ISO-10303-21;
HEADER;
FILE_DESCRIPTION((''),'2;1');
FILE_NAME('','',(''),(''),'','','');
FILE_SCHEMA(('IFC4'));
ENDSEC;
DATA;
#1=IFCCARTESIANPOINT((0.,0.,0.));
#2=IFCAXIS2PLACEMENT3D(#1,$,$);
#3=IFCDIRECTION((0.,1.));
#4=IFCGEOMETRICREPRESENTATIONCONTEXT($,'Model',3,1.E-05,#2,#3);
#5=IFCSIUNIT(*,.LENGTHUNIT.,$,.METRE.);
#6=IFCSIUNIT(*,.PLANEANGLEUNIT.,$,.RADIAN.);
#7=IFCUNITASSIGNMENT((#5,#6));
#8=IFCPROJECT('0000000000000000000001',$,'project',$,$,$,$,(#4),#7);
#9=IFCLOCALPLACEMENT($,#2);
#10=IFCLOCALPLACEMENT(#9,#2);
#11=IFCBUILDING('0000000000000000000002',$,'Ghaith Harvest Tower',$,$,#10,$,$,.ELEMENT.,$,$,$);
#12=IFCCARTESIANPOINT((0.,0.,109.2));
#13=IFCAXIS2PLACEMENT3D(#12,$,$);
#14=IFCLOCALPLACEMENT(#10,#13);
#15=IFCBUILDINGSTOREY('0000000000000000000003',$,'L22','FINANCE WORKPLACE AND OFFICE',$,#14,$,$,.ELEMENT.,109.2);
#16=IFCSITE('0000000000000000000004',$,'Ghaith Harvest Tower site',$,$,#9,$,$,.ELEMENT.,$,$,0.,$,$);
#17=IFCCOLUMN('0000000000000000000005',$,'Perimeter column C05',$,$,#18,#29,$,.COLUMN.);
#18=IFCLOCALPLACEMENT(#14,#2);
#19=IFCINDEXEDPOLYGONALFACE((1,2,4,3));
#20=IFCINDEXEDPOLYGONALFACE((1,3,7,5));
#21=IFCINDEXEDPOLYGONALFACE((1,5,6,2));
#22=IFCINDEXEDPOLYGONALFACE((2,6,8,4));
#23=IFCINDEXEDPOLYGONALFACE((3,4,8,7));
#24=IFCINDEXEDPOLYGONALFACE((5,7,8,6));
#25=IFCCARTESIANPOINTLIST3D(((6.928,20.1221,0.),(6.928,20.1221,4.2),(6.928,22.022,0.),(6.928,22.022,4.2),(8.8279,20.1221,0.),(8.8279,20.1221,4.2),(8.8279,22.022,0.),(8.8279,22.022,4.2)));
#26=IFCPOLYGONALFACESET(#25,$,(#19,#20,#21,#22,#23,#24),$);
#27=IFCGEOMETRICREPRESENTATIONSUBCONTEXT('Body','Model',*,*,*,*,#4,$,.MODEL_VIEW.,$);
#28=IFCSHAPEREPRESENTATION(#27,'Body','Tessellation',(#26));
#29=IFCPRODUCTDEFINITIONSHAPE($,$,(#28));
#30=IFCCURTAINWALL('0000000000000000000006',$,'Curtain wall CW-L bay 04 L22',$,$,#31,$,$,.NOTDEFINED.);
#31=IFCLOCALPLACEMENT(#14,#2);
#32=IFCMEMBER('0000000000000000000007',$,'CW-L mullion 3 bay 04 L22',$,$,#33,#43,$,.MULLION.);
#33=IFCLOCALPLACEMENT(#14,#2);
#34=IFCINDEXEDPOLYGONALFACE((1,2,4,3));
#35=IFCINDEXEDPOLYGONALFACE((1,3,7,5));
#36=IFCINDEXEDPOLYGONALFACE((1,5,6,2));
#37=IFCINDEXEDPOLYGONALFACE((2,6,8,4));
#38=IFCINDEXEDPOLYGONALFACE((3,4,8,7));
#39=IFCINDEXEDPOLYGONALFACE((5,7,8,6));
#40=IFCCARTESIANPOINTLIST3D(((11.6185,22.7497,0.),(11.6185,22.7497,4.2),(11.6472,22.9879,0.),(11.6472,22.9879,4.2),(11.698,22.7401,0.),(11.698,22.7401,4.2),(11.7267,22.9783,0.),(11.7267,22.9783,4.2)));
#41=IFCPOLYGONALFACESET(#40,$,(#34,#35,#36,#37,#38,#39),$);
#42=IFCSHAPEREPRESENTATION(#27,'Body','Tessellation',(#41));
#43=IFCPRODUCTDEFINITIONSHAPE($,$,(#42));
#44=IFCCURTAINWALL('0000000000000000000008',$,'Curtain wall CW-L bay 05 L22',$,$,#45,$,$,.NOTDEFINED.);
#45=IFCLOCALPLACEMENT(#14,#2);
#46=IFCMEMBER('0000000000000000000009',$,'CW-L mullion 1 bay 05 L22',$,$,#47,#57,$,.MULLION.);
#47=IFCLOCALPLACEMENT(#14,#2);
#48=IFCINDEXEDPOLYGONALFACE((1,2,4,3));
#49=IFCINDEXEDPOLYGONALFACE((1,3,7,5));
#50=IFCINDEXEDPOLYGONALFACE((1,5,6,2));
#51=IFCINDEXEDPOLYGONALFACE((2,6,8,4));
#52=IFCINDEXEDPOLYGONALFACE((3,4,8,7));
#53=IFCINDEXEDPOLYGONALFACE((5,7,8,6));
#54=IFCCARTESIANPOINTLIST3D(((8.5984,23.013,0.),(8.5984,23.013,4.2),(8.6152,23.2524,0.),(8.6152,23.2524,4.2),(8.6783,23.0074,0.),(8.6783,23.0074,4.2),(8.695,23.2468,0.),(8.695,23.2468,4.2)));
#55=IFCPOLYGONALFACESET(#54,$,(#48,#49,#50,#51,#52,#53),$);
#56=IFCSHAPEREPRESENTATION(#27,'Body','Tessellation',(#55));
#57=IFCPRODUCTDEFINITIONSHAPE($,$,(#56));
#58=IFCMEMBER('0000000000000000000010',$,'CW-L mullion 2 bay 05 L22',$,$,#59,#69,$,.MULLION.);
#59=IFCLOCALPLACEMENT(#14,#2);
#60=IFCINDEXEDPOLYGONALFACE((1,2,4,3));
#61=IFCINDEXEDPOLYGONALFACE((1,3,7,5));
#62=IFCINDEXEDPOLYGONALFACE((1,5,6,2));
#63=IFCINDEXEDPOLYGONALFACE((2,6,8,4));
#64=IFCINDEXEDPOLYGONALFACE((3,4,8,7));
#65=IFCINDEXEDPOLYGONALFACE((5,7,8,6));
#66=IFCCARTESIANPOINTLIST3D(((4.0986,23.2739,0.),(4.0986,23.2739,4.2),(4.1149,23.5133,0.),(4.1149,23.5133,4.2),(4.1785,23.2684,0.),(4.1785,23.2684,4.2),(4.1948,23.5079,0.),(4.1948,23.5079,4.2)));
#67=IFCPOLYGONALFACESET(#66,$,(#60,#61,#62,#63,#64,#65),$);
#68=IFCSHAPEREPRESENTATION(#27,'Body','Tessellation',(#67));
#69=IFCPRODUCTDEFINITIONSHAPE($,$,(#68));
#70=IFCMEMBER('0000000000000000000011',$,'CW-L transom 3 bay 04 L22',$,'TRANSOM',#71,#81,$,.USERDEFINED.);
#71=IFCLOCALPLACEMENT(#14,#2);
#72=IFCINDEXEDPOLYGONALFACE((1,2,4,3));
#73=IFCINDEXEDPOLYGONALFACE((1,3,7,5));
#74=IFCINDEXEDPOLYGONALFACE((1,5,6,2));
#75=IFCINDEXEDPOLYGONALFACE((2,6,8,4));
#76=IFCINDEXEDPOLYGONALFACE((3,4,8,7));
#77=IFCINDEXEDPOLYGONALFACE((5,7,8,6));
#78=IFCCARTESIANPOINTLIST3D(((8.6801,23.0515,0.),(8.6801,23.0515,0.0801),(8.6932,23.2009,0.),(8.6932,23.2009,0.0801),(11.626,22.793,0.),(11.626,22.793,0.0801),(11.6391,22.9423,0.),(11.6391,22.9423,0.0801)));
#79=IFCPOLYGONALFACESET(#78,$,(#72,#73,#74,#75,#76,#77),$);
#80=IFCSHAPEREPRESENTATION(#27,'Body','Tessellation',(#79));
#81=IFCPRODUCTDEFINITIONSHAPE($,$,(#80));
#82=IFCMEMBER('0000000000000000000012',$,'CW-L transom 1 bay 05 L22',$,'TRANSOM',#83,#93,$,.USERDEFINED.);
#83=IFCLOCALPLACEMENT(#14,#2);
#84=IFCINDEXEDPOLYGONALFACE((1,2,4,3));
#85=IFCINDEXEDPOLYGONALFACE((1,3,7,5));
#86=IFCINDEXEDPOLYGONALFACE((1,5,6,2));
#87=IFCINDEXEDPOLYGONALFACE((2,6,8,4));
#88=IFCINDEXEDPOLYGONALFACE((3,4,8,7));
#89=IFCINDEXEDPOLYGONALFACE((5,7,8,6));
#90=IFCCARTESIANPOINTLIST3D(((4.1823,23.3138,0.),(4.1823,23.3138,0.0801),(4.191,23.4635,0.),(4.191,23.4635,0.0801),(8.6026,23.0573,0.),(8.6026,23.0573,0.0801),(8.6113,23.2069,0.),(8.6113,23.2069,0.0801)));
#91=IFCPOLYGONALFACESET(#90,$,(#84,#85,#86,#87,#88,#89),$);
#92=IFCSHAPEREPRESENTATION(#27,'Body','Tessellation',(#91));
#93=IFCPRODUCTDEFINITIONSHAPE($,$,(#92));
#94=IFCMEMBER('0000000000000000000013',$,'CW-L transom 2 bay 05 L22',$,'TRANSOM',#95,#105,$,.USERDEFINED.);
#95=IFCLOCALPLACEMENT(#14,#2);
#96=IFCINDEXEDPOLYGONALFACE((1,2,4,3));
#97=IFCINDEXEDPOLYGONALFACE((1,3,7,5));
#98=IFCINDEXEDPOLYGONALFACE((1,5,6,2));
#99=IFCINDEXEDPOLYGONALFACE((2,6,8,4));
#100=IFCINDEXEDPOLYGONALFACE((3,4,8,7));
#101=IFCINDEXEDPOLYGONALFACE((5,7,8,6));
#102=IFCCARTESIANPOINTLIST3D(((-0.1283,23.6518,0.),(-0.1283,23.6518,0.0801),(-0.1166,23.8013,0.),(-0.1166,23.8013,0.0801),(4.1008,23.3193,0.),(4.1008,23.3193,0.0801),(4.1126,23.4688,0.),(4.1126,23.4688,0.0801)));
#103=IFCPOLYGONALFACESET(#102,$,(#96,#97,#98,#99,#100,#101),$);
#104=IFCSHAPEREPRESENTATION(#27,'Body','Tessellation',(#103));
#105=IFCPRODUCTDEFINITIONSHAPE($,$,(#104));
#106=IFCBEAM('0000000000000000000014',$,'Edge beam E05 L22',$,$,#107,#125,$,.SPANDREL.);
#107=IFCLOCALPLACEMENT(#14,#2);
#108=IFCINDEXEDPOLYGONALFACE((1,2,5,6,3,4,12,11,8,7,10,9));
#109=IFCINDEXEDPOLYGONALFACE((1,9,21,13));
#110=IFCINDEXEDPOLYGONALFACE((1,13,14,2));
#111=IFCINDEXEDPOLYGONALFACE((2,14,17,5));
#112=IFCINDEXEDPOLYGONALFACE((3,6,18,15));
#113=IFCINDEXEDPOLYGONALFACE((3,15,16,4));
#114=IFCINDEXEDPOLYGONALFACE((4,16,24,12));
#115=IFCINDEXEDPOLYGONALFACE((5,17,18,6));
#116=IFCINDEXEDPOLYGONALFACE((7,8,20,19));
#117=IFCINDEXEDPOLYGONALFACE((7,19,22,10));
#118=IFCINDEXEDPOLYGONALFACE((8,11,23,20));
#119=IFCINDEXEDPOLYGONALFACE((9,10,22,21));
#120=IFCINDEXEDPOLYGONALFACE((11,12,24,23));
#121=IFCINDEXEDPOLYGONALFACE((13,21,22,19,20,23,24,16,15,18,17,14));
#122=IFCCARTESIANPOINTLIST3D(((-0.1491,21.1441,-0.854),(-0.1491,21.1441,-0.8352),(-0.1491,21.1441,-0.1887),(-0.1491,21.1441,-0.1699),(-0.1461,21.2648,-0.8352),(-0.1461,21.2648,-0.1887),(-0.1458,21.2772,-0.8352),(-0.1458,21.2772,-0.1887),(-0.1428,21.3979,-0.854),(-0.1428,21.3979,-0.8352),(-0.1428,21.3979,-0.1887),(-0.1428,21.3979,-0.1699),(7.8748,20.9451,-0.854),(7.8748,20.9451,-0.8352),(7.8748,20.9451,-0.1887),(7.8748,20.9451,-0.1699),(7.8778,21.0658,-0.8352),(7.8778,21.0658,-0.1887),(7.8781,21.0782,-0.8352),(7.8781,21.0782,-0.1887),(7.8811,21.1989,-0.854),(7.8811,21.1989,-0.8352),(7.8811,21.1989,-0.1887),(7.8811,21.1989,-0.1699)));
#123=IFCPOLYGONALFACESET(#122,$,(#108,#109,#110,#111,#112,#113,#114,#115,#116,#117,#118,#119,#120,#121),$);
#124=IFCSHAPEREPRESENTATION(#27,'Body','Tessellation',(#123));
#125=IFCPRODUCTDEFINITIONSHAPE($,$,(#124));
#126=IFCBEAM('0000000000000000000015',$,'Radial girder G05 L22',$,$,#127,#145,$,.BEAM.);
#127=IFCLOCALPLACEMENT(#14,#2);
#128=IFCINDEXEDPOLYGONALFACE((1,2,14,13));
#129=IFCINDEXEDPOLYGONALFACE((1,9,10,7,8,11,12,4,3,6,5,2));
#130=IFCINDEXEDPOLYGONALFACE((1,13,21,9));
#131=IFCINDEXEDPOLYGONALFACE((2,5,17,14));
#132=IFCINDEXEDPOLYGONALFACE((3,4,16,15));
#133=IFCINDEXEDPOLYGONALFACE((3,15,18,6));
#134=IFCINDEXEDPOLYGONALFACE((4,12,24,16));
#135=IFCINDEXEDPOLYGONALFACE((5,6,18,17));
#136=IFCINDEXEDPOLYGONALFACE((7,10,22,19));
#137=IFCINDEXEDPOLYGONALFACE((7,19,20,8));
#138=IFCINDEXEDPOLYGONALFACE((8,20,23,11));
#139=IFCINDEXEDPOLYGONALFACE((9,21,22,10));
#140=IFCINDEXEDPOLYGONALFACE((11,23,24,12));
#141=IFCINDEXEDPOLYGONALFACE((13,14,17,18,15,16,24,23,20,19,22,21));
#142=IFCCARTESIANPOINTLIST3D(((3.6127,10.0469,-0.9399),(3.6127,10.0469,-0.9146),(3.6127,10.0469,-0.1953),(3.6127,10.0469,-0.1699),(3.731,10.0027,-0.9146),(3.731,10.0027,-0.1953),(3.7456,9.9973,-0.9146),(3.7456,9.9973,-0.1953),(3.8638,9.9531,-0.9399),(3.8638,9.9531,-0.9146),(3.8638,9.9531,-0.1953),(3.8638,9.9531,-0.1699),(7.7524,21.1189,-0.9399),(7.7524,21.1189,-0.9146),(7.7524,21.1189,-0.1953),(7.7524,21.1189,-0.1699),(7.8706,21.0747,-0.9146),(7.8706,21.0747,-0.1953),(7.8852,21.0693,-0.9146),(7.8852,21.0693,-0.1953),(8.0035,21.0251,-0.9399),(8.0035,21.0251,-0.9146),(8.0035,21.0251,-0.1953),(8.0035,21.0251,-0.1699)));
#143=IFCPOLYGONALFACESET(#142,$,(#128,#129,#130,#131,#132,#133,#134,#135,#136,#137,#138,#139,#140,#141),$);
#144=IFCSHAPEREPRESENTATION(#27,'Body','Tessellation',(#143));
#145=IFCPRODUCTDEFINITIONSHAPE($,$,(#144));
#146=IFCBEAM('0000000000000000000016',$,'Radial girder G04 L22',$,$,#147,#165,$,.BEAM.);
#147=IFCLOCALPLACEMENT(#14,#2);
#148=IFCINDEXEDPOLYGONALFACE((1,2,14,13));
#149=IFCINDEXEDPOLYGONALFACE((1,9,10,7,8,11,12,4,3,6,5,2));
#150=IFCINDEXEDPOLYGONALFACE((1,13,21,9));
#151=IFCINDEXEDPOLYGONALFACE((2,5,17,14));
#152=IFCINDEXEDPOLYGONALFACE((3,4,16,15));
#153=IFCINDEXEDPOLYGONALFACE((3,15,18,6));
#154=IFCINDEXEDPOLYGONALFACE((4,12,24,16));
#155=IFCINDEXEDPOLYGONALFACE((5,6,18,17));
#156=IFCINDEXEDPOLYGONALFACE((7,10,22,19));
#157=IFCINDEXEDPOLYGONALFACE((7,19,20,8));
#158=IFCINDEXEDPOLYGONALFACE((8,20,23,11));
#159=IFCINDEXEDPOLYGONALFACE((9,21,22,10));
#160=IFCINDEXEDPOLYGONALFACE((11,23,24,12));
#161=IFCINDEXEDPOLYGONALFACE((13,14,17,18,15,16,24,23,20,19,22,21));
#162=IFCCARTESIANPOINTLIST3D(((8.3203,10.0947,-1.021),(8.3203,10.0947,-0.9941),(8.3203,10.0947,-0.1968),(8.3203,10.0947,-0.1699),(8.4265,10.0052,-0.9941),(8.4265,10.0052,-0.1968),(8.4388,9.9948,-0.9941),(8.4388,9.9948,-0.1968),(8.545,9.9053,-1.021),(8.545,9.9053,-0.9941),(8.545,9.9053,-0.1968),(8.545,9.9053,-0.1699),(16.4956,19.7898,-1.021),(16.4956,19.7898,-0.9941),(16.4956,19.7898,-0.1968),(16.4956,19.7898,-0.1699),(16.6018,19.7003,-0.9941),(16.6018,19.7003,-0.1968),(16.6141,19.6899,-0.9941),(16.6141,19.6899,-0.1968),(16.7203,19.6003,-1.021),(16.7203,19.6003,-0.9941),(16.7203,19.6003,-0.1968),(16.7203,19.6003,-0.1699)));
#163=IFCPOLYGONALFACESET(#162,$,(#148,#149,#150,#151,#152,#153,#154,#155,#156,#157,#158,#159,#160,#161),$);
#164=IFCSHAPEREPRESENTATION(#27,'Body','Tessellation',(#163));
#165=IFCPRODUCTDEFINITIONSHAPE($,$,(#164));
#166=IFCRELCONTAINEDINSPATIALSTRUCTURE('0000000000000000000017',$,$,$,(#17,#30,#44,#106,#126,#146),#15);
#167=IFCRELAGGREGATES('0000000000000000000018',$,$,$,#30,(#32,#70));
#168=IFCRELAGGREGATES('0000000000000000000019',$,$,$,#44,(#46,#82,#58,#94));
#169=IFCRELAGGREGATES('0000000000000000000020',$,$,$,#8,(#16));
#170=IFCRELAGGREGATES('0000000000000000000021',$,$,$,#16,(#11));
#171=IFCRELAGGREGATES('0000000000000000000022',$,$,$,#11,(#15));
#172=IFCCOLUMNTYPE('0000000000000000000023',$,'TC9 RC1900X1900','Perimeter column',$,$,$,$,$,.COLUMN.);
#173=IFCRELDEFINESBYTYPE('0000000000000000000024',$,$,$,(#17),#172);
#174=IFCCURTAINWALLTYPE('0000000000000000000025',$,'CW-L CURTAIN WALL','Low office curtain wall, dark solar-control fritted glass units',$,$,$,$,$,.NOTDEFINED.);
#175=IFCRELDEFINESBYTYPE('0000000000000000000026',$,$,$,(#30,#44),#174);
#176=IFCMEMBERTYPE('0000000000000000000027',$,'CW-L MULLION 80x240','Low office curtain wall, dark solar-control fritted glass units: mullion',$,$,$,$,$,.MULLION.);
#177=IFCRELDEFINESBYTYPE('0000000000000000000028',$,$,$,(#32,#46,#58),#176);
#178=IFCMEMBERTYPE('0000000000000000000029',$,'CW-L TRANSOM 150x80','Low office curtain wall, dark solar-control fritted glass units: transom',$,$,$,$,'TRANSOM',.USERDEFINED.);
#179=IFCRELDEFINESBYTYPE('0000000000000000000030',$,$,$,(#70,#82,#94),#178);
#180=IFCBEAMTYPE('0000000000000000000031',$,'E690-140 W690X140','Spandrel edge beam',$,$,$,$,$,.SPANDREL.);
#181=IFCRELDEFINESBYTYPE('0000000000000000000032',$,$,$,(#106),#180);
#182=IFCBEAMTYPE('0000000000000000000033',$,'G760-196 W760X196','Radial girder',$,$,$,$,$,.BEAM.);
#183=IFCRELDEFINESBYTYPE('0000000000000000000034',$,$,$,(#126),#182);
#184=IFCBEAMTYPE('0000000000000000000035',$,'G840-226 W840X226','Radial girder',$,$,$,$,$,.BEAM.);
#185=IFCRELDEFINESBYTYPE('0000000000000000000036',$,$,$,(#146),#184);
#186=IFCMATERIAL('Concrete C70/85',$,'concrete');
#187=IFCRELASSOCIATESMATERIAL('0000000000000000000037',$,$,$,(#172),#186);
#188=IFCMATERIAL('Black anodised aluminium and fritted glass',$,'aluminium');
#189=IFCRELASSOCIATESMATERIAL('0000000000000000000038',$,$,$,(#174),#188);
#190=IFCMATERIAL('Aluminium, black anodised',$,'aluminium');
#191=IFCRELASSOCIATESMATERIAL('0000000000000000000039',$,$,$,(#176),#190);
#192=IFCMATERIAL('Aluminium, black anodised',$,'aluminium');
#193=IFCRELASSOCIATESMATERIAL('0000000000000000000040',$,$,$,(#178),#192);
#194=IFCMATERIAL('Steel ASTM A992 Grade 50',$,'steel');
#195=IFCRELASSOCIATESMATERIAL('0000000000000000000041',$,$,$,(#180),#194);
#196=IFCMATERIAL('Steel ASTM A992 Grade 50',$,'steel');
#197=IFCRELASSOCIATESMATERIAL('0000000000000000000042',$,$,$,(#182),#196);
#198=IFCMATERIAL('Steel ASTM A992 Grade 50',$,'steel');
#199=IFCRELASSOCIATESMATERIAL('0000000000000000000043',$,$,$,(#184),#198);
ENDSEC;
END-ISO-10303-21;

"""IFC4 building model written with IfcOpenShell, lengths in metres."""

from ifc_helpers import new_model, si_unit, direction, frame, origin, origin_2d, place, context, subcontext, project, spatial, rectangle, i_section, extrude, material, material_profile, profile_set, type_object, element, aggregate, save


model = new_model("IFC4")

# Units and contexts
model_context = context("Model", 3, precision=1e-05, world=origin(), true_north=direction((0.0, 1.0)))
body_context = subcontext(model_context, "Body", "Model", "MODEL_VIEW")
ifc_project = project(units=[si_unit("LENGTHUNIT", "METRE"), si_unit("PLANEANGLEUNIT", "RADIAN")], contexts=[model_context])

# Site, building, storey
site_placement = place(None, origin())
site = spatial("IfcSite", under=ifc_project, at=site_placement, Name="Ghaith Harvest Tower site", CompositionType="ELEMENT", RefElevation=0.0)
building_placement = place(site_placement, origin())
building = spatial("IfcBuilding", under=site, at=building_placement, Name="Ghaith Harvest Tower", CompositionType="ELEMENT")
storey_placement = place(building_placement, frame((0.0, 0.0, 109.2)))
storey = spatial("IfcBuildingStorey", under=building, at=storey_placement, Name="L22", Description="FINANCE WORKPLACE AND OFFICE", CompositionType="ELEMENT", Elevation=109.2)

# Column
ifc_material_1 = material(Name="Concrete C70/85", Category="concrete")
ifc_material_profile_1 = material_profile(ifc_material_1, rectangle(XDim=1.8999, YDim=1.8999, at=origin_2d()), Name="RC1900X1900")
ifc_profile_set_1 = profile_set([ifc_material_profile_1], Name="Concrete C70/85")
column_type = type_object("IfcColumnType", Name="TC9 RC1900X1900", Description="Perimeter column", PredefinedType="COLUMN", material=ifc_profile_set_1)
column_placement = place(storey_placement, frame((7.8779, 21.072, 0.0), z_axis=(0.0, 0.0, 1.0), x_axis=(1.0, 0.0, 0.0)))
element("IfcColumn", 1, at=column_placement, inside=storey, type_object=column_type, Name="Perimeter column C05", PredefinedType="COLUMN", context=body_context, shape_type="SweptSolid", body=[
    extrude(rectangle(XDim=1.8999, YDim=1.8999, at=origin_2d()), origin(), (0.0, 0.0, 1.0), 4.2),
])

# Curtain wall, member
ifc_material_2 = material(Name="Black anodised aluminium and fritted glass", Category="aluminium")
curtain_wall_type = type_object("IfcCurtainWallType", Name="CW-L CURTAIN WALL", Description="Low office curtain wall, dark solar-control fritted glass units", PredefinedType="NOTDEFINED", material=ifc_material_2)
curtain_wall_1_placement = place(storey_placement, origin())
curtain_wall_1 = element("IfcCurtainWall", 2, at=curtain_wall_1_placement, inside=storey, type_object=curtain_wall_type, Name="Curtain wall CW-L bay 04 L22", PredefinedType="NOTDEFINED")
ifc_material_3 = material(Name="Aluminium, black anodised", Category="aluminium")
ifc_material_profile_2 = material_profile(ifc_material_3, rectangle(XDim=0.0801, YDim=0.24, at=origin_2d()), Name="CW-L MULLION 80x240")
ifc_profile_set_2 = profile_set([ifc_material_profile_2], Name="Aluminium, black anodised")
member_type_1 = type_object("IfcMemberType", Name="CW-L MULLION 80x240", Description="Low office curtain wall, dark solar-control fritted glass units: mullion", PredefinedType="MULLION", material=ifc_profile_set_2)
member_1_placement = place(storey_placement, frame((11.6726, 22.864, 0.0), z_axis=(0.0, 0.0, 1.0), x_axis=(-0.9928, 0.11978, 0.0)))
member_1 = element("IfcMember", 3, at=member_1_placement, type_object=member_type_1, Name="CW-L mullion 3 bay 04 L22", PredefinedType="MULLION", context=body_context, shape_type="SweptSolid", body=[
    extrude(rectangle(XDim=0.0801, YDim=0.24, at=origin_2d()), origin(), (0.0, 0.0, 1.0), 4.2),
])

# Curtain wall, members
curtain_wall_2_placement = place(storey_placement, origin())
curtain_wall_2 = element("IfcCurtainWall", 4, at=curtain_wall_2_placement, inside=storey, type_object=curtain_wall_type, Name="Curtain wall CW-L bay 05 L22", PredefinedType="NOTDEFINED")
member_2_placement = place(storey_placement, frame((8.6467, 23.1299, 0.0), z_axis=(0.0, 0.0, 1.0), x_axis=(-0.997559, 0.069832, 0.0)))
member_2 = element("IfcMember", 5, at=member_2_placement, type_object=member_type_1, Name="CW-L mullion 1 bay 05 L22", PredefinedType="MULLION", context=body_context, shape_type="SweptSolid", body=[
    extrude(rectangle(XDim=0.0801, YDim=0.24, at=origin_2d()), origin(), (0.0, 0.0, 1.0), 4.2),
])
member_3_placement = place(storey_placement, frame((4.1467, 23.3909, 0.0), z_axis=(0.0, 0.0, 1.0), x_axis=(-0.99769, 0.067933, 0.0)))
member_3 = element("IfcMember", 6, at=member_3_placement, type_object=member_type_1, Name="CW-L mullion 2 bay 05 L22", PredefinedType="MULLION", context=body_context, shape_type="SweptSolid", body=[
    extrude(rectangle(XDim=0.0801, YDim=0.24, at=origin_2d()), origin(), (0.0, 0.0, 1.0), 4.2),
])

# Members
ifc_material_4 = material(Name="Aluminium, black anodised", Category="aluminium")
ifc_material_profile_3 = material_profile(ifc_material_4, rectangle(XDim=0.1499, YDim=0.0801, at=origin_2d()), Name="CW-L TRANSOM 150x80")
ifc_profile_set_3 = profile_set([ifc_material_profile_3], Name="Aluminium, black anodised")
member_type_2 = type_object("IfcMemberType", Name="CW-L TRANSOM 150x80", Description="Low office curtain wall, dark solar-control fritted glass units: transom", ElementType="TRANSOM", PredefinedType="USERDEFINED", material=ifc_profile_set_3)
member_4_placement = place(storey_placement, frame((11.6326, 22.8677, 0.04), z_axis=(-0.996171, 0.087424, 0.0), x_axis=(-0.087424, -0.996171, 0.0)))
member_4 = element("IfcMember", 7, at=member_4_placement, type_object=member_type_2, Name="CW-L transom 3 bay 04 L22", ObjectType="TRANSOM", PredefinedType="USERDEFINED", context=body_context, shape_type="SweptSolid", body=[
    extrude(rectangle(XDim=0.1499, YDim=0.0801, at=origin_2d()), origin(), (0.0, 0.0, 1.0), 2.9573),
])
member_5_placement = place(storey_placement, frame((8.6069, 23.1321, 0.04), z_axis=(-0.99832, 0.05795, 0.0), x_axis=(-0.05795, -0.99832, 0.0)))
member_5 = element("IfcMember", 8, at=member_5_placement, type_object=member_type_2, Name="CW-L transom 1 bay 05 L22", ObjectType="TRANSOM", PredefinedType="USERDEFINED", context=body_context, shape_type="SweptSolid", body=[
    extrude(rectangle(XDim=0.1499, YDim=0.0801, at=origin_2d()), origin(), (0.0, 0.0, 1.0), 4.4277),
])
member_6_placement = place(storey_placement, frame((4.1067, 23.394, 0.04), z_axis=(-0.996923, 0.078382, 0.0), x_axis=(-0.078382, -0.996923, 0.0)))
member_6 = element("IfcMember", 9, at=member_6_placement, type_object=member_type_2, Name="CW-L transom 2 bay 05 L22", ObjectType="TRANSOM", PredefinedType="USERDEFINED", context=body_context, shape_type="SweptSolid", body=[
    extrude(rectangle(XDim=0.1499, YDim=0.0801, at=origin_2d()), origin(), (0.0, 0.0, 1.0), 4.2422),
])

# Beams
ifc_material_5 = material(Name="Steel ASTM A992 Grade 50", Category="steel")
ifc_material_profile_4 = material_profile(ifc_material_5, i_section(OverallWidth=0.2539, OverallDepth=0.6841, WebThickness=0.0125, FlangeThickness=0.0188, at=origin_2d()), Name="W690X140")
ifc_profile_set_4 = profile_set([ifc_material_profile_4], Name="Steel ASTM A992 Grade 50")
beam_type_1 = type_object("IfcBeamType", Name="E690-140 W690X140", Description="Spandrel edge beam", PredefinedType="SPANDREL", material=ifc_profile_set_4)
beam_1_placement = place(storey_placement, frame((7.8779, 21.072, -0.512), z_axis=(-0.999693, 0.02479, 0.0), x_axis=(-0.02479, -0.999693, 0.0)))
element("IfcBeam", 10, at=beam_1_placement, inside=storey, type_object=beam_type_1, Name="Edge beam E05 L22", PredefinedType="SPANDREL", context=body_context, shape_type="SweptSolid", body=[
    extrude(i_section(OverallWidth=0.2539, OverallDepth=0.6841, WebThickness=0.0125, FlangeThickness=0.0188, at=origin_2d()), origin(), (0.0, 0.0, 1.0), 8.0264),
])
ifc_material_6 = material(Name="Steel ASTM A992 Grade 50", Category="steel")
ifc_material_profile_5 = material_profile(ifc_material_6, i_section(OverallWidth=0.2681, OverallDepth=0.77, WebThickness=0.0156, FlangeThickness=0.0254, at=origin_2d()), Name="W760X196")
ifc_profile_set_5 = profile_set([ifc_material_profile_5], Name="Steel ASTM A992 Grade 50")
beam_type_2 = type_object("IfcBeamType", Name="G760-196 W760X196", Description="Radial girder", PredefinedType="BEAM", material=ifc_profile_set_5)
beam_2_placement = place(storey_placement, frame((3.7383, 10.0, -0.5549), z_axis=(0.350207, 0.936672, 0.0), x_axis=(-0.936672, 0.350207, 0.0)))
element("IfcBeam", 11, at=beam_2_placement, inside=storey, type_object=beam_type_2, Name="Radial girder G05 L22", PredefinedType="BEAM", context=body_context, shape_type="SweptSolid", body=[
    extrude(i_section(OverallWidth=0.2681, OverallDepth=0.77, WebThickness=0.0156, FlangeThickness=0.0254, at=origin_2d()), origin(), (0.0, 0.0, 1.0), 11.8206),
])
ifc_material_7 = material(Name="Steel ASTM A992 Grade 50", Category="steel")
ifc_material_profile_6 = material_profile(ifc_material_7, i_section(OverallWidth=0.2939, OverallDepth=0.8511, WebThickness=0.0161, FlangeThickness=0.0269, at=origin_2d()), Name="W840X226")
ifc_profile_set_6 = profile_set([ifc_material_profile_6], Name="Steel ASTM A992 Grade 50")
beam_type_3 = type_object("IfcBeamType", Name="G840-226 W840X226", Description="Radial girder", PredefinedType="BEAM", material=ifc_profile_set_6)
beam_3_placement = place(storey_placement, frame((8.4326, 10.0, -0.5955), z_axis=(0.644644, 0.764483, 0.0), x_axis=(-0.764483, 0.644644, 0.0)))
element("IfcBeam", 12, at=beam_3_placement, inside=storey, type_object=beam_type_3, Name="Radial girder G04 L22", PredefinedType="BEAM", context=body_context, shape_type="SweptSolid", body=[
    extrude(i_section(OverallWidth=0.2939, OverallDepth=0.8511, WebThickness=0.0161, FlangeThickness=0.0269, at=origin_2d()), origin(), (0.0, 0.0, 1.0), 12.6819),
])

aggregate(curtain_wall_1, [member_1, member_4])
aggregate(curtain_wall_2, [member_2, member_5, member_3, member_6])

save(model, "model.ifc")
